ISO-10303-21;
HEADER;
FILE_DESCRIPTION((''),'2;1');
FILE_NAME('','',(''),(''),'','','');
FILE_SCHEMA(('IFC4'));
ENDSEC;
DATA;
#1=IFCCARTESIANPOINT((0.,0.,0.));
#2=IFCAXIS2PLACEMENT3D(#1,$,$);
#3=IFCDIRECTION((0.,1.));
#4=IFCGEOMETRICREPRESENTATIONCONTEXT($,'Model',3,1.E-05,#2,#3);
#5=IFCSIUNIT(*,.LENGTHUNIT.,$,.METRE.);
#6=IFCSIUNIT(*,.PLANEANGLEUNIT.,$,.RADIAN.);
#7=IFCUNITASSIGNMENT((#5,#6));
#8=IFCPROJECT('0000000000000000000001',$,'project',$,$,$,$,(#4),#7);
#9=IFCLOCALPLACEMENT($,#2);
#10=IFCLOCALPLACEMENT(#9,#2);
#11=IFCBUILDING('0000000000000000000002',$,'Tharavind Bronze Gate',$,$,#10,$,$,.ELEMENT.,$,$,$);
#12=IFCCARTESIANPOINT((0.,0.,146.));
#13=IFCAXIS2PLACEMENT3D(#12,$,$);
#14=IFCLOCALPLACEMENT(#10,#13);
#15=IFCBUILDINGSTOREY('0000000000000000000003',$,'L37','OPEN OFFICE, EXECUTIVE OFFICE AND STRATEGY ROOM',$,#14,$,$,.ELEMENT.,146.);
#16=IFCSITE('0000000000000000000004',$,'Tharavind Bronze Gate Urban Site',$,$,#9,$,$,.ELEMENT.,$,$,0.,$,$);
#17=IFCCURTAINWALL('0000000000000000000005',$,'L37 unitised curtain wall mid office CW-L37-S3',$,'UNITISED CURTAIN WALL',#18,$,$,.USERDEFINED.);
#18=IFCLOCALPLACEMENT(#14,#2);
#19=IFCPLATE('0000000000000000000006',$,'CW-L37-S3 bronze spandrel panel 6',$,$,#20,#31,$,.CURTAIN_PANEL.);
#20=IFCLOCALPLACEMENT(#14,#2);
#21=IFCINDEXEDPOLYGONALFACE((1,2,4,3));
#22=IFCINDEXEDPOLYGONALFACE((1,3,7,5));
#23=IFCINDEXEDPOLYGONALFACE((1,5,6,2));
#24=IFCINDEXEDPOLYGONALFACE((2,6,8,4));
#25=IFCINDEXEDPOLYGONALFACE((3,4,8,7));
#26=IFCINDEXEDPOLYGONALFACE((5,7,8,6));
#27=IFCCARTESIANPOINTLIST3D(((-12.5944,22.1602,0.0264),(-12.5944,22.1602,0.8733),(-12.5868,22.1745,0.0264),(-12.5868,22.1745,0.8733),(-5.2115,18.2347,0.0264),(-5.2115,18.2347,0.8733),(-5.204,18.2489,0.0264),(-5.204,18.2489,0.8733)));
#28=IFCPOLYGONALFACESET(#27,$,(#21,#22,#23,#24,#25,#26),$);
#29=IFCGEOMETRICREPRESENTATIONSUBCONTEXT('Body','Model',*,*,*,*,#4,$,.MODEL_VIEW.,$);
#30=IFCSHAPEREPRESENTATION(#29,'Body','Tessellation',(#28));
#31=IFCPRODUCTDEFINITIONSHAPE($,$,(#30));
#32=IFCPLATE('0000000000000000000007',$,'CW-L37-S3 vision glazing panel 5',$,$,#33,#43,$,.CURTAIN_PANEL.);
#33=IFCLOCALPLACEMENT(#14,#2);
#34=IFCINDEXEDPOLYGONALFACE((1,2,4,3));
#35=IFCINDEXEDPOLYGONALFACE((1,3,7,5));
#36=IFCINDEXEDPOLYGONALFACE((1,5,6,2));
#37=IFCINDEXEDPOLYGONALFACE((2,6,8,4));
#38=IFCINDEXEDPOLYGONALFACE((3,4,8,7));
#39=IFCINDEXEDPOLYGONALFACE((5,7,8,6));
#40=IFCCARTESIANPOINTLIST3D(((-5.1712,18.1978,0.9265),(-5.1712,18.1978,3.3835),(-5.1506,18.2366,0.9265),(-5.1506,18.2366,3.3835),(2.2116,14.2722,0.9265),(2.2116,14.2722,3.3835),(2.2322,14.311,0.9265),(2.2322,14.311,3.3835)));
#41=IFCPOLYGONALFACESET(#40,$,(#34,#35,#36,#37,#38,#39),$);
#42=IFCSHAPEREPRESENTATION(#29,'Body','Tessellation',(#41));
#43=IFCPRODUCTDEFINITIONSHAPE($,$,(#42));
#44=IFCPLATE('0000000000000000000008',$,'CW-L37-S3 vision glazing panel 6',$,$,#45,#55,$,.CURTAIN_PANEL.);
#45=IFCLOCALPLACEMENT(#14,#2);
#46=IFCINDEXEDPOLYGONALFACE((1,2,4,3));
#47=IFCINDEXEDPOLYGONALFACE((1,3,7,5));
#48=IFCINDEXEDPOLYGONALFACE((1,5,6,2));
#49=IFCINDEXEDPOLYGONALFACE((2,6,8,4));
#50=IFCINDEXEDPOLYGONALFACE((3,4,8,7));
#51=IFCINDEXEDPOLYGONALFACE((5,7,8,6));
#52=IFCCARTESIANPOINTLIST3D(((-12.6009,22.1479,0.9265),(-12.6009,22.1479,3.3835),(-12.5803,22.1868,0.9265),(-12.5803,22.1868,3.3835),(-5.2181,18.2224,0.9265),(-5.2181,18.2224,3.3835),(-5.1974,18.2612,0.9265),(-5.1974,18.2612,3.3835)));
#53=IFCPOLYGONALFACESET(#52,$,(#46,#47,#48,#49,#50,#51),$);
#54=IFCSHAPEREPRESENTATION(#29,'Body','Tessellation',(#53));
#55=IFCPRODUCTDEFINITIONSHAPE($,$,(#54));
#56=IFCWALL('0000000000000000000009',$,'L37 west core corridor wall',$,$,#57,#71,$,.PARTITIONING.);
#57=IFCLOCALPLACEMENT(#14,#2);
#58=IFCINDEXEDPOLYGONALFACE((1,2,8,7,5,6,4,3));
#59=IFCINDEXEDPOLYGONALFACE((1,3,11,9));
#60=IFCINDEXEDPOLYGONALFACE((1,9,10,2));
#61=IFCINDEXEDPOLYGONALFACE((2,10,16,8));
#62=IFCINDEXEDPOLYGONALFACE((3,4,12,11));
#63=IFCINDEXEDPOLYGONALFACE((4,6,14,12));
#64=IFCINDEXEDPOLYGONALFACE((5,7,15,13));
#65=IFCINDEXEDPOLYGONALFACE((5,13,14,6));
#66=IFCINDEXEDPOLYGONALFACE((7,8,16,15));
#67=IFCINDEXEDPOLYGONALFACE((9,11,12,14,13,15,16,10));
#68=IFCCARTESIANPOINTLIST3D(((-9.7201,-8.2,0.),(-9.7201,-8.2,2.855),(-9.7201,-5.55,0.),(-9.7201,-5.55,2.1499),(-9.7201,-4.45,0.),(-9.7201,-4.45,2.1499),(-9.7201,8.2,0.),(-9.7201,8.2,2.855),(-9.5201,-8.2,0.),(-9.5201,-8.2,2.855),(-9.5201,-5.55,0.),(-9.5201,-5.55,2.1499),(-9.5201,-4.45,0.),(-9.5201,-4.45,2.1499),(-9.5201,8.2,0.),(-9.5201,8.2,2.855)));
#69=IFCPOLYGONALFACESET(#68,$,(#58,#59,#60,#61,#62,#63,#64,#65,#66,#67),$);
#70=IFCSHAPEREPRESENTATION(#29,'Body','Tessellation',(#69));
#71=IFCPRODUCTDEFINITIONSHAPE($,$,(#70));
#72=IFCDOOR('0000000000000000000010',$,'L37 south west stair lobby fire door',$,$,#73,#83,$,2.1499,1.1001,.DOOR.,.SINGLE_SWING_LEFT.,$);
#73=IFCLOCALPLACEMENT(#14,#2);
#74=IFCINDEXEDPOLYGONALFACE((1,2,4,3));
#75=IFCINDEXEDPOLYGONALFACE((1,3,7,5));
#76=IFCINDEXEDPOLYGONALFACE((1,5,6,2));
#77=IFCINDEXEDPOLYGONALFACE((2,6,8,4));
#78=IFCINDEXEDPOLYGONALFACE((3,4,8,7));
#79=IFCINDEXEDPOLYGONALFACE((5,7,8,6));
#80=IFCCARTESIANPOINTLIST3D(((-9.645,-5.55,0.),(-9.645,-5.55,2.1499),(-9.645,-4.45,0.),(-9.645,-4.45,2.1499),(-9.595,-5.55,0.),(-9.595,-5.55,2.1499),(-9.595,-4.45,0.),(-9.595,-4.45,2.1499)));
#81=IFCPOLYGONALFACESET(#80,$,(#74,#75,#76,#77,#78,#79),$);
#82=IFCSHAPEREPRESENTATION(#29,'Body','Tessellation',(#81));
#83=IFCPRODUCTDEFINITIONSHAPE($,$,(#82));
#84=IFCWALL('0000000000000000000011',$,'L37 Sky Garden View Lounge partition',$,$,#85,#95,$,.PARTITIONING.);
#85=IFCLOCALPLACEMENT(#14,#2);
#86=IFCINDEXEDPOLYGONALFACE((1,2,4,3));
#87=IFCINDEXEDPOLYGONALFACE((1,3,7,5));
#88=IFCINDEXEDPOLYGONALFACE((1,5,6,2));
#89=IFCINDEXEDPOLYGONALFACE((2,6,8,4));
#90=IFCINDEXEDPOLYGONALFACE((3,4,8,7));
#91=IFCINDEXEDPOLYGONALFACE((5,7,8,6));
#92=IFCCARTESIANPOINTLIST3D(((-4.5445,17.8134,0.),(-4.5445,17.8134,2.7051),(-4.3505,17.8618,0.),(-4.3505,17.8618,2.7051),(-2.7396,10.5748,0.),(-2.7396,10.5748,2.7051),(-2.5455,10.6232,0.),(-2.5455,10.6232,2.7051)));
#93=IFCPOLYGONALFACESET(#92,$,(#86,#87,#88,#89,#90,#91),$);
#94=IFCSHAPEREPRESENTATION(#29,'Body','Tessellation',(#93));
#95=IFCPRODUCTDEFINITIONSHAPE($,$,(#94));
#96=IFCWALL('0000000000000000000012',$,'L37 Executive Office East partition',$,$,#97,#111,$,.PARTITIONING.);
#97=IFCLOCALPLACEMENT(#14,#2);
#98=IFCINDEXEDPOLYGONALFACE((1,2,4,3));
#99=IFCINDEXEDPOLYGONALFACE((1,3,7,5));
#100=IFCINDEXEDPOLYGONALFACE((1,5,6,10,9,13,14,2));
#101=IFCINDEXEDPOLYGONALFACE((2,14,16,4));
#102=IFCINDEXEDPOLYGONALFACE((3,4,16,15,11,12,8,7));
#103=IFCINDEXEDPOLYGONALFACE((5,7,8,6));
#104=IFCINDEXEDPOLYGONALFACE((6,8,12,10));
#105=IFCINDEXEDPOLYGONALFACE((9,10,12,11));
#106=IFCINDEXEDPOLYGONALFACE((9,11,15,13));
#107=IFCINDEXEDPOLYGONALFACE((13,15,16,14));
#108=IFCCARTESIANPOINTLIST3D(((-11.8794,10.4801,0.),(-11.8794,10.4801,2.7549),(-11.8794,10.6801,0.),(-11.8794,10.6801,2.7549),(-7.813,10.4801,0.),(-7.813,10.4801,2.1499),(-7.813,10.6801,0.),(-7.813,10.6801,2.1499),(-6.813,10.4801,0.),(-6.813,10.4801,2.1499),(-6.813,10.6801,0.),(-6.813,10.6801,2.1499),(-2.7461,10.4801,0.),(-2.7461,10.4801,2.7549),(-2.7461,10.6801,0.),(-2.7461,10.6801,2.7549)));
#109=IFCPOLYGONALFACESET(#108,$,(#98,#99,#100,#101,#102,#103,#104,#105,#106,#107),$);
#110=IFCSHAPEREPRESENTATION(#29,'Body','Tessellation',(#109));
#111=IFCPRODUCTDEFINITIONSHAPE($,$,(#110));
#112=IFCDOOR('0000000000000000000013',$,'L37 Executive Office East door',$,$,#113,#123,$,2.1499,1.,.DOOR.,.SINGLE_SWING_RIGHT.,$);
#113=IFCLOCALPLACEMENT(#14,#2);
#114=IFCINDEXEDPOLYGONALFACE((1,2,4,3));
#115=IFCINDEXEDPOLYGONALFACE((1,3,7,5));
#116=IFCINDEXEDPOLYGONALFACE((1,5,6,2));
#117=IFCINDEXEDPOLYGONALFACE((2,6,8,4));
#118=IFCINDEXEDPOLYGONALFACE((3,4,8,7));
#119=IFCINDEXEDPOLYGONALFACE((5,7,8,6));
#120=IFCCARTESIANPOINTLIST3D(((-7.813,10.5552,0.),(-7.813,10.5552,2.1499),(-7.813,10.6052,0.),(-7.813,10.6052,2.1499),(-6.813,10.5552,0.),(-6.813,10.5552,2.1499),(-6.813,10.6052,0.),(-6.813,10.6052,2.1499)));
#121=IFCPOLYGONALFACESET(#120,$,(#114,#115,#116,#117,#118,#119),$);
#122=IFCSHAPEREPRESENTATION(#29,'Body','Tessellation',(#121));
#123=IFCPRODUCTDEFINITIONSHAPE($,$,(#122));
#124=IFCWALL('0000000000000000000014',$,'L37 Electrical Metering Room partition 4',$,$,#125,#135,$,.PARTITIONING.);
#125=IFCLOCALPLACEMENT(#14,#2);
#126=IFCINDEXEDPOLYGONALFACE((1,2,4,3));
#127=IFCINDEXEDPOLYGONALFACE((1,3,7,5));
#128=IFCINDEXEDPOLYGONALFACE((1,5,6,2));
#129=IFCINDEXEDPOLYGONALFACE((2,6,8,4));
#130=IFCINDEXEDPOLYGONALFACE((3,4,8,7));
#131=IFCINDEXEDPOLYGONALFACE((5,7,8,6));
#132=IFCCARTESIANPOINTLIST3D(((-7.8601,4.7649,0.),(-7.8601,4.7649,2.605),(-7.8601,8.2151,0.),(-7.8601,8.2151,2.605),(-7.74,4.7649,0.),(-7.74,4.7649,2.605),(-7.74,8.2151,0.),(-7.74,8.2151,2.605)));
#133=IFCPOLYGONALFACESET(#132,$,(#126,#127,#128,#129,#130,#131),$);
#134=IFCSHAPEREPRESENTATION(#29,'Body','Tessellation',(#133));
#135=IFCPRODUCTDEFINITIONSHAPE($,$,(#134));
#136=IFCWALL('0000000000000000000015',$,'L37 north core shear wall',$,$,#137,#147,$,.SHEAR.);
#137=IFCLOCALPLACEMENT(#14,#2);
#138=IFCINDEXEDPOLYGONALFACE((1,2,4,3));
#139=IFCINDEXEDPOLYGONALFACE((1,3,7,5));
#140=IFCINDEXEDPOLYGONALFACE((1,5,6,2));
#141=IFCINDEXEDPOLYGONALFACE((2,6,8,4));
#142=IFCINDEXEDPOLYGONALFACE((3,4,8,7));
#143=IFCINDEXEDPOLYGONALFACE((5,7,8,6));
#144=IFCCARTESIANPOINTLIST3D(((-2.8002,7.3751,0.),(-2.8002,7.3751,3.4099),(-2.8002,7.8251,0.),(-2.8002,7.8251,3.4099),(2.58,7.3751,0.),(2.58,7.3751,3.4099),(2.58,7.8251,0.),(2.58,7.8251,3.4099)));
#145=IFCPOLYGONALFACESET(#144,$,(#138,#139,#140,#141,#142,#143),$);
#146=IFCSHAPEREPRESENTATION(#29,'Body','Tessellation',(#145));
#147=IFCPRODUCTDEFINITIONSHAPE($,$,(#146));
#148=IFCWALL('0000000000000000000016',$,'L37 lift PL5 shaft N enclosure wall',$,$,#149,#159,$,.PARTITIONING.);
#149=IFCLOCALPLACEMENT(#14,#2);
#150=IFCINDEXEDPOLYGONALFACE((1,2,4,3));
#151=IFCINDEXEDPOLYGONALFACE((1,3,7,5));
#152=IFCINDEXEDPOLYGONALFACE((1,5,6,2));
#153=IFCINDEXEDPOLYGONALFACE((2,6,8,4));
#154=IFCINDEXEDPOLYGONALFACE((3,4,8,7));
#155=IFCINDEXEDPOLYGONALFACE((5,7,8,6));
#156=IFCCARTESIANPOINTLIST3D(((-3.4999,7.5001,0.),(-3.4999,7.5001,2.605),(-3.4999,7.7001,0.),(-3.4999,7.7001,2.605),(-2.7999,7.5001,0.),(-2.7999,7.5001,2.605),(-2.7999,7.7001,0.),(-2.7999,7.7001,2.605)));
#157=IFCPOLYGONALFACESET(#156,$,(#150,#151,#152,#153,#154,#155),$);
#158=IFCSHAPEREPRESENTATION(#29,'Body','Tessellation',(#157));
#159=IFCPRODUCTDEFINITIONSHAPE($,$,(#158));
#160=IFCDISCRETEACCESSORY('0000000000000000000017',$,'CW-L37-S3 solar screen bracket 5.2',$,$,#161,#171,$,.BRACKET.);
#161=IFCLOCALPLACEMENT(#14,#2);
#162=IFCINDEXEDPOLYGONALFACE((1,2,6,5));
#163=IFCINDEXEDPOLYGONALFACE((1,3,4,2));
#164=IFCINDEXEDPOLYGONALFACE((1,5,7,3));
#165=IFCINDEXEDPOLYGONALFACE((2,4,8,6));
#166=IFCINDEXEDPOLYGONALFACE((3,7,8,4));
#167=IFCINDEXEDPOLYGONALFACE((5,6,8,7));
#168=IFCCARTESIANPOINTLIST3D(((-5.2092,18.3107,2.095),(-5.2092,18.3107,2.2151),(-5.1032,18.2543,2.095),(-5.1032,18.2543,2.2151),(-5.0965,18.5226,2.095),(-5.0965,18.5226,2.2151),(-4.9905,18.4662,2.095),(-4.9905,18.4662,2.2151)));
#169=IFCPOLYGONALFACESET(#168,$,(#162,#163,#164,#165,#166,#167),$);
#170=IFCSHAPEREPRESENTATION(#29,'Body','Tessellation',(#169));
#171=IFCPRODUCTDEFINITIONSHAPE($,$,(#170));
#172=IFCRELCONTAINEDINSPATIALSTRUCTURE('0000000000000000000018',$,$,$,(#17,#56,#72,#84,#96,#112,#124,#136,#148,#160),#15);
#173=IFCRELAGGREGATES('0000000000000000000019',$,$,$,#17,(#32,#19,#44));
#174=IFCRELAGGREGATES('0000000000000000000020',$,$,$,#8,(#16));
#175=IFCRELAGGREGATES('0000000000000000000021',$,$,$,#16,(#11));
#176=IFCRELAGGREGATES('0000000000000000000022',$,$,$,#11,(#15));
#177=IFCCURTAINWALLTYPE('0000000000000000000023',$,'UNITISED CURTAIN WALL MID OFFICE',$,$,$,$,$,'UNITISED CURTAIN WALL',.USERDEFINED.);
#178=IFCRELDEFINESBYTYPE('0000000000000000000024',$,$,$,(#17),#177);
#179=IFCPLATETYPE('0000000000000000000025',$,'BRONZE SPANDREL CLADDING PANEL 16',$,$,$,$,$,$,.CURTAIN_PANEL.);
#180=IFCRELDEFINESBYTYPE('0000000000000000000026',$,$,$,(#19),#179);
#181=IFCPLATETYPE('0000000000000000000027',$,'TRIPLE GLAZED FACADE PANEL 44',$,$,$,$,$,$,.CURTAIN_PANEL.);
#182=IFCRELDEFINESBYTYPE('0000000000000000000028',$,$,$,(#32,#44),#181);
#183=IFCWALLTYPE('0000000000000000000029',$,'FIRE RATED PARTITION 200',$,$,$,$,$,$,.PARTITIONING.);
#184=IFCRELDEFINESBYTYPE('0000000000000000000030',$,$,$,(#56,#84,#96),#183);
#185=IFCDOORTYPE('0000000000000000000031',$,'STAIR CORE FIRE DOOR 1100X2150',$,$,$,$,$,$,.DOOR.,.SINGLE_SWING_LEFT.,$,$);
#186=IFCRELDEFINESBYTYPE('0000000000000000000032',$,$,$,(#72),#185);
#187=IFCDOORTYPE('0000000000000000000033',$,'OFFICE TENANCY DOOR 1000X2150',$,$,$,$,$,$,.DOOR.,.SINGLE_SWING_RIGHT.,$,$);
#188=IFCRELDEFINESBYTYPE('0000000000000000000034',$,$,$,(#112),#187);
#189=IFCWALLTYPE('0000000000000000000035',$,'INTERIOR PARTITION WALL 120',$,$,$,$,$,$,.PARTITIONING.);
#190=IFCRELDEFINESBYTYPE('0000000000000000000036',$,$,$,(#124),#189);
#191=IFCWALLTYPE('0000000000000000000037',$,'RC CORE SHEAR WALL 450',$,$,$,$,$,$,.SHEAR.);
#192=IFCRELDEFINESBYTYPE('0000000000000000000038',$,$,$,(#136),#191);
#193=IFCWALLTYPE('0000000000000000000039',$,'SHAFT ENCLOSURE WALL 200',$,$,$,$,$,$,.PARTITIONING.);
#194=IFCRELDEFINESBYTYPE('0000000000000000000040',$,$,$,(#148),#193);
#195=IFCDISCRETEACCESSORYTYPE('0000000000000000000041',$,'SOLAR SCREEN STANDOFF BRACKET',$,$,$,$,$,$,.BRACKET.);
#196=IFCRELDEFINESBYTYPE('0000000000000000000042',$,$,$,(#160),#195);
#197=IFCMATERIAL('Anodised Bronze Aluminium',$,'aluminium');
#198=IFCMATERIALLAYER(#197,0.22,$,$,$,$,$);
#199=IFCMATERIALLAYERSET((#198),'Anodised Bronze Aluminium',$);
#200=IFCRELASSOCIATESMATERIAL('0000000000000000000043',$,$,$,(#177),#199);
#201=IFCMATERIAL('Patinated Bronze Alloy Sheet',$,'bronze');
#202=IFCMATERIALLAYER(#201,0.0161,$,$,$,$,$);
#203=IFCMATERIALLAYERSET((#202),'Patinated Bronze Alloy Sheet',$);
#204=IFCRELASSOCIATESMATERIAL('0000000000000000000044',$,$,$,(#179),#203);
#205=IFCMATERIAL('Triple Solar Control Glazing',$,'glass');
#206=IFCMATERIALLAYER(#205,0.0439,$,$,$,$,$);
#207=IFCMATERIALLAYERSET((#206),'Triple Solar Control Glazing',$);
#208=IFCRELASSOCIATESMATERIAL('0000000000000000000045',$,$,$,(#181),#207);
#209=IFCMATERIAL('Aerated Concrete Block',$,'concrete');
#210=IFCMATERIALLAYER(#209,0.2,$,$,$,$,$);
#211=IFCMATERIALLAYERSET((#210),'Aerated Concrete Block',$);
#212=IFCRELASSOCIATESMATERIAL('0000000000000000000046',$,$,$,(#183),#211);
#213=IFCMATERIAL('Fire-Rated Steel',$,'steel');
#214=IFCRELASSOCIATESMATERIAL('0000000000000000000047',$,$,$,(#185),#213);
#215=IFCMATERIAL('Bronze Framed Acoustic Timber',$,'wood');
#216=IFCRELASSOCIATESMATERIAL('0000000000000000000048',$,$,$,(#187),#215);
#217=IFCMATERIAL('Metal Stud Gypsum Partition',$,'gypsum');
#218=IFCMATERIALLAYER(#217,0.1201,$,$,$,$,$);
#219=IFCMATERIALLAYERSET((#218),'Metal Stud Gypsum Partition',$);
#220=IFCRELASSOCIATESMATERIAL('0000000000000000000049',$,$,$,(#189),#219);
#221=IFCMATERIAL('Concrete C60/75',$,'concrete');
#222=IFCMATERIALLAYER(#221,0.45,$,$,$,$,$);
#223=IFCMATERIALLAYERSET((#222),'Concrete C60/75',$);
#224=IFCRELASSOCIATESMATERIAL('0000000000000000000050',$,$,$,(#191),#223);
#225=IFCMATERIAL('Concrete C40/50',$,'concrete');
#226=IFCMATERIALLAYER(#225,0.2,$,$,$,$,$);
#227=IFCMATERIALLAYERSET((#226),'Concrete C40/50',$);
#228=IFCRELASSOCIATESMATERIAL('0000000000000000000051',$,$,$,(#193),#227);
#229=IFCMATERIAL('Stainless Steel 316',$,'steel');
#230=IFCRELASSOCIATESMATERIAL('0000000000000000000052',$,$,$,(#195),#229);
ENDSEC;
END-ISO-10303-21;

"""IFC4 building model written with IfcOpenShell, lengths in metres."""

from ifc_helpers import new_model, si_unit, direction, frame, frame_2d, origin, origin_2d, place, context, subcontext, project, spatial, rectangle, extrude, material, layer, layer_set, type_object, element, fill, aggregate, save


model = new_model("IFC4")

# Units and contexts
model_context = context("Model", 3, precision=1e-05, world=origin(), true_north=direction((0.0, 1.0)))
body_context = subcontext(model_context, "Body", "Model", "MODEL_VIEW")
ifc_project = project(units=[si_unit("LENGTHUNIT", "METRE"), si_unit("PLANEANGLEUNIT", "RADIAN")], contexts=[model_context])

# Site, building, storey
site_placement = place(None, origin())
site = spatial("IfcSite", under=ifc_project, at=site_placement, Name="Tharavind Bronze Gate Urban Site", CompositionType="ELEMENT", RefElevation=0.0)
building_placement = place(site_placement, origin())
building = spatial("IfcBuilding", under=site, at=building_placement, Name="Tharavind Bronze Gate", CompositionType="ELEMENT")
storey_placement = place(building_placement, frame((0.0, 0.0, 146.0)))
storey = spatial("IfcBuildingStorey", under=building, at=storey_placement, Name="L37", Description="OPEN OFFICE, EXECUTIVE OFFICE AND STRATEGY ROOM", CompositionType="ELEMENT", Elevation=146.0)

# Curtain wall
ifc_material_1 = material(Name="Anodised Bronze Aluminium", Category="aluminium")
ifc_layer_1 = layer(ifc_material_1, 0.22)
ifc_layer_set_1 = layer_set([ifc_layer_1], Name="Anodised Bronze Aluminium")
curtain_wall_type = type_object("IfcCurtainWallType", Name="UNITISED CURTAIN WALL MID OFFICE", ElementType="UNITISED CURTAIN WALL", PredefinedType="USERDEFINED", material=ifc_layer_set_1)
curtain_wall_placement = place(storey_placement, origin())
curtain_wall = element("IfcCurtainWall", 1, at=curtain_wall_placement, inside=storey, type_object=curtain_wall_type, Name="L37 unitised curtain wall mid office CW-L37-S3", ObjectType="UNITISED CURTAIN WALL", PredefinedType="USERDEFINED")

# Plates
ifc_material_2 = material(Name="Patinated Bronze Alloy Sheet", Category="bronze")
ifc_layer_2 = layer(ifc_material_2, 0.0161)
ifc_layer_set_2 = layer_set([ifc_layer_2], Name="Patinated Bronze Alloy Sheet")
plate_type_1 = type_object("IfcPlateType", Name="BRONZE SPANDREL CLADDING PANEL 16", PredefinedType="CURTAIN_PANEL", material=ifc_layer_set_2)
plate_1_placement = place(storey_placement, frame((-8.8992, 20.2046, 0.0264), z_axis=(0.0, 0.0, 1.0), x_axis=(-0.882948, 0.469472, 0.0)))
plate_1 = element("IfcPlate", 2, at=plate_1_placement, type_object=plate_type_1, Name="CW-L37-S3 bronze spandrel panel 6", PredefinedType="CURTAIN_PANEL", context=body_context, shape_type="SweptSolid", body=[
    extrude(rectangle(XDim=8.3616, YDim=0.0161, at=origin_2d()), origin(), (0.0, 0.0, 1.0), 0.8469),
])
ifc_material_3 = material(Name="Triple Solar Control Glazing", Category="glass")
ifc_layer_3 = layer(ifc_material_3, 0.0439)
ifc_layer_set_3 = layer_set([ifc_layer_3], Name="Triple Solar Control Glazing")
plate_type_2 = type_object("IfcPlateType", Name="TRIPLE GLAZED FACADE PANEL 44", PredefinedType="CURTAIN_PANEL", material=ifc_layer_set_3)
plate_2_placement = place(storey_placement, frame((-1.4695, 16.2544, 0.9265), z_axis=(0.0, 0.0, 1.0), x_axis=(-0.882948, 0.469472, 0.0)))
plate_2 = element("IfcPlate", 3, at=plate_2_placement, type_object=plate_type_2, Name="CW-L37-S3 vision glazing panel 5", PredefinedType="CURTAIN_PANEL", context=body_context, shape_type="SweptSolid", body=[
    extrude(rectangle(XDim=8.3616, YDim=0.0439, at=origin_2d()), origin(), (0.0, 0.0, 1.0), 2.457),
])
plate_3_placement = place(storey_placement, frame((-8.8992, 20.2046, 0.9265), z_axis=(0.0, 0.0, 1.0), x_axis=(-0.882948, 0.469472, 0.0)))
plate_3 = element("IfcPlate", 4, at=plate_3_placement, type_object=plate_type_2, Name="CW-L37-S3 vision glazing panel 6", PredefinedType="CURTAIN_PANEL", context=body_context, shape_type="SweptSolid", body=[
    extrude(rectangle(XDim=8.3616, YDim=0.0439, at=origin_2d()), origin(), (0.0, 0.0, 1.0), 2.457),
])
aggregate(curtain_wall, [plate_2, plate_1, plate_3])

# Wall, opening, door
ifc_material_4 = material(Name="Aerated Concrete Block", Category="concrete")
ifc_layer_4 = layer(ifc_material_4, 0.2)
ifc_layer_set_4 = layer_set([ifc_layer_4], Name="Aerated Concrete Block")
wall_type_1 = type_object("IfcWallType", Name="FIRE RATED PARTITION 200", PredefinedType="PARTITIONING", material=ifc_layer_set_4)
wall_1_placement = place(storey_placement, frame((-9.6201, 8.2, 0.0), z_axis=(0.0, 0.0, 1.0), x_axis=(0.0, -1.0, 0.0)))
wall_1 = element("IfcWall", 5, at=wall_1_placement, inside=storey, type_object=wall_type_1, Name="L37 west core corridor wall", PredefinedType="PARTITIONING", context=body_context, shape_type="SweptSolid", body=[
    extrude(rectangle(XDim=16.3999, YDim=0.2, at=frame_2d((8.2, 0.0))), origin(), (0.0, 0.0, 1.0), 2.855),
])
opening_1_placement = place(wall_1_placement, frame((12.6499, 0.0, 0.0)))
opening_1 = element("IfcOpeningElement", 6, at=opening_1_placement, cuts=wall_1, PredefinedType="OPENING", context=body_context, shape_type="SweptSolid", body=[
    extrude(rectangle(XDim=1.1001, YDim=2.1499, at=frame_2d((0.55, 1.075))), frame((0.0, 0.1101, 0.0), z_axis=(0.0, -1.0, 0.0), x_axis=(1.0, 0.0, 0.0)), (0.0, 0.0, 1.0), 0.22),
])
ifc_material_5 = material(Name="Fire-Rated Steel", Category="steel")
door_type_1 = type_object("IfcDoorType", Name="STAIR CORE FIRE DOOR 1100X2150", OperationType="SINGLE_SWING_LEFT", PredefinedType="DOOR", material=ifc_material_5)
door_1_placement = place(opening_1_placement, frame((1.1001, 0.0, 0.0), z_axis=(0.0, 0.0, 1.0), x_axis=(-1.0, 0.0, 0.0)))
door_1 = element("IfcDoor", 7, at=door_1_placement, inside=storey, type_object=door_type_1, Name="L37 south west stair lobby fire door", OperationType="SINGLE_SWING_LEFT", OverallHeight=2.1499, OverallWidth=1.1001, PredefinedType="DOOR", context=body_context, shape_type="SweptSolid", body=[
    extrude(rectangle(XDim=1.1001, YDim=2.1499, at=frame_2d((0.55, 1.075))), frame((0.0, 0.0249, 0.0), z_axis=(0.0, -1.0, 0.0), x_axis=(1.0, 0.0, 0.0)), (0.0, 0.0, 1.0), 0.05),
])
fill(opening_1, door_1)

# Wall
wall_2_placement = place(storey_placement, frame((-2.6426, 10.5991, 0.0), z_axis=(0.0, 0.0, 1.0), x_axis=(-0.241943, 0.970291, 0.0)))
element("IfcWall", 8, at=wall_2_placement, inside=storey, type_object=wall_type_1, Name="L37 Sky Garden View Lounge partition", PredefinedType="PARTITIONING", context=body_context, shape_type="SweptSolid", body=[
    extrude(rectangle(XDim=7.4602, YDim=0.2, at=frame_2d((3.73, 0.0))), origin(), (0.0, 0.0, 1.0), 2.7051),
])

# Wall, opening, door
wall_3_placement = place(storey_placement, frame((-2.7461, 10.5801, 0.0), z_axis=(0.0, 0.0, 1.0), x_axis=(-1.0, 0.0, 0.0)))
wall_3 = element("IfcWall", 9, at=wall_3_placement, inside=storey, type_object=wall_type_1, Name="L37 Executive Office East partition", PredefinedType="PARTITIONING", context=body_context, shape_type="SweptSolid", body=[
    extrude(rectangle(XDim=9.1333, YDim=0.2, at=frame_2d((4.5667, 0.0))), origin(), (0.0, 0.0, 1.0), 2.7549),
])
opening_2_placement = place(wall_3_placement, frame((4.0669, 0.0, 0.0)))
opening_2 = element("IfcOpeningElement", 10, at=opening_2_placement, cuts=wall_3, PredefinedType="OPENING", context=body_context, shape_type="SweptSolid", body=[
    extrude(rectangle(XDim=1.0, YDim=2.1499, at=frame_2d((0.5, 1.075))), frame((0.0, 0.1101, 0.0), z_axis=(0.0, -1.0, 0.0), x_axis=(1.0, 0.0, 0.0)), (0.0, 0.0, 1.0), 0.22),
])
ifc_material_6 = material(Name="Bronze Framed Acoustic Timber", Category="wood")
door_type_2 = type_object("IfcDoorType", Name="OFFICE TENANCY DOOR 1000X2150", OperationType="SINGLE_SWING_RIGHT", PredefinedType="DOOR", material=ifc_material_6)
door_2_placement = place(opening_2_placement, origin())
door_2 = element("IfcDoor", 11, at=door_2_placement, inside=storey, type_object=door_type_2, Name="L37 Executive Office East door", OperationType="SINGLE_SWING_RIGHT", OverallHeight=2.1499, OverallWidth=1.0, PredefinedType="DOOR", context=body_context, shape_type="SweptSolid", body=[
    extrude(rectangle(XDim=1.0, YDim=2.1499, at=frame_2d((0.5, 1.075))), frame((0.0, 0.0249, 0.0), z_axis=(0.0, -1.0, 0.0), x_axis=(1.0, 0.0, 0.0)), (0.0, 0.0, 1.0), 0.05),
])
fill(opening_2, door_2)

# Walls
ifc_material_7 = material(Name="Metal Stud Gypsum Partition", Category="gypsum")
ifc_layer_5 = layer(ifc_material_7, 0.1201)
ifc_layer_set_5 = layer_set([ifc_layer_5], Name="Metal Stud Gypsum Partition")
wall_type_2 = type_object("IfcWallType", Name="INTERIOR PARTITION WALL 120", PredefinedType="PARTITIONING", material=ifc_layer_set_5)
wall_4_placement = place(storey_placement, frame((-7.8, 8.2151, 0.0), z_axis=(0.0, 0.0, 1.0), x_axis=(0.0, -1.0, 0.0)))
element("IfcWall", 12, at=wall_4_placement, inside=storey, type_object=wall_type_2, Name="L37 Electrical Metering Room partition 4", PredefinedType="PARTITIONING", context=body_context, shape_type="SweptSolid", body=[
    extrude(rectangle(XDim=3.4502, YDim=0.1201, at=frame_2d((1.7251, 0.0))), origin(), (0.0, 0.0, 1.0), 2.605),
])
ifc_material_8 = material(Name="Concrete C60/75", Category="concrete")
ifc_layer_6 = layer(ifc_material_8, 0.45)
ifc_layer_set_6 = layer_set([ifc_layer_6], Name="Concrete C60/75")
wall_type_3 = type_object("IfcWallType", Name="RC CORE SHEAR WALL 450", PredefinedType="SHEAR", material=ifc_layer_set_6)
wall_5_placement = place(storey_placement, frame((-2.8, 7.6001, 0.0), z_axis=(0.0, 0.0, 1.0), x_axis=(1.0, 0.0, 0.0)))
element("IfcWall", 13, at=wall_5_placement, inside=storey, type_object=wall_type_3, Name="L37 north core shear wall", PredefinedType="SHEAR", context=body_context, shape_type="SweptSolid", body=[
    extrude(rectangle(XDim=5.3801, YDim=0.45, at=frame_2d((2.6899, 0.0))), origin(), (0.0, 0.0, 1.0), 3.4099),
])
ifc_material_9 = material(Name="Concrete C40/50", Category="concrete")
ifc_layer_7 = layer(ifc_material_9, 0.2)
ifc_layer_set_7 = layer_set([ifc_layer_7], Name="Concrete C40/50")
wall_type_4 = type_object("IfcWallType", Name="SHAFT ENCLOSURE WALL 200", PredefinedType="PARTITIONING", material=ifc_layer_set_7)
wall_6_placement = place(storey_placement, frame((-3.5, 7.6001, 0.0), z_axis=(0.0, 0.0, 1.0), x_axis=(1.0, 0.0, 0.0)))
element("IfcWall", 14, at=wall_6_placement, inside=storey, type_object=wall_type_4, Name="L37 lift PL5 shaft N enclosure wall", PredefinedType="PARTITIONING", context=body_context, shape_type="SweptSolid", body=[
    extrude(rectangle(XDim=0.7, YDim=0.2, at=frame_2d((0.3501, 0.0))), origin(), (0.0, 0.0, 1.0), 2.605),
])

# Discrete accessory
ifc_material_10 = material(Name="Stainless Steel 316", Category="steel")
discrete_accessory_type = type_object("IfcDiscreteAccessoryType", Name="SOLAR SCREEN STANDOFF BRACKET", PredefinedType="BRACKET", material=ifc_material_10)
discrete_accessory_placement = place(storey_placement, frame((-5.0999, 18.3884, 2.095), z_axis=(0.0, 0.0, 1.0), x_axis=(-0.882948, 0.469472, 0.0)))
element("IfcDiscreteAccessory", 15, at=discrete_accessory_placement, inside=storey, type_object=discrete_accessory_type, Name="CW-L37-S3 solar screen bracket 5.2", PredefinedType="BRACKET", context=body_context, shape_type="SweptSolid", body=[
    extrude(rectangle(XDim=0.1201, YDim=0.24, at=origin_2d()), origin(), (0.0, 0.0, 1.0), 0.1201),
])

save(model, "model.ifc")
